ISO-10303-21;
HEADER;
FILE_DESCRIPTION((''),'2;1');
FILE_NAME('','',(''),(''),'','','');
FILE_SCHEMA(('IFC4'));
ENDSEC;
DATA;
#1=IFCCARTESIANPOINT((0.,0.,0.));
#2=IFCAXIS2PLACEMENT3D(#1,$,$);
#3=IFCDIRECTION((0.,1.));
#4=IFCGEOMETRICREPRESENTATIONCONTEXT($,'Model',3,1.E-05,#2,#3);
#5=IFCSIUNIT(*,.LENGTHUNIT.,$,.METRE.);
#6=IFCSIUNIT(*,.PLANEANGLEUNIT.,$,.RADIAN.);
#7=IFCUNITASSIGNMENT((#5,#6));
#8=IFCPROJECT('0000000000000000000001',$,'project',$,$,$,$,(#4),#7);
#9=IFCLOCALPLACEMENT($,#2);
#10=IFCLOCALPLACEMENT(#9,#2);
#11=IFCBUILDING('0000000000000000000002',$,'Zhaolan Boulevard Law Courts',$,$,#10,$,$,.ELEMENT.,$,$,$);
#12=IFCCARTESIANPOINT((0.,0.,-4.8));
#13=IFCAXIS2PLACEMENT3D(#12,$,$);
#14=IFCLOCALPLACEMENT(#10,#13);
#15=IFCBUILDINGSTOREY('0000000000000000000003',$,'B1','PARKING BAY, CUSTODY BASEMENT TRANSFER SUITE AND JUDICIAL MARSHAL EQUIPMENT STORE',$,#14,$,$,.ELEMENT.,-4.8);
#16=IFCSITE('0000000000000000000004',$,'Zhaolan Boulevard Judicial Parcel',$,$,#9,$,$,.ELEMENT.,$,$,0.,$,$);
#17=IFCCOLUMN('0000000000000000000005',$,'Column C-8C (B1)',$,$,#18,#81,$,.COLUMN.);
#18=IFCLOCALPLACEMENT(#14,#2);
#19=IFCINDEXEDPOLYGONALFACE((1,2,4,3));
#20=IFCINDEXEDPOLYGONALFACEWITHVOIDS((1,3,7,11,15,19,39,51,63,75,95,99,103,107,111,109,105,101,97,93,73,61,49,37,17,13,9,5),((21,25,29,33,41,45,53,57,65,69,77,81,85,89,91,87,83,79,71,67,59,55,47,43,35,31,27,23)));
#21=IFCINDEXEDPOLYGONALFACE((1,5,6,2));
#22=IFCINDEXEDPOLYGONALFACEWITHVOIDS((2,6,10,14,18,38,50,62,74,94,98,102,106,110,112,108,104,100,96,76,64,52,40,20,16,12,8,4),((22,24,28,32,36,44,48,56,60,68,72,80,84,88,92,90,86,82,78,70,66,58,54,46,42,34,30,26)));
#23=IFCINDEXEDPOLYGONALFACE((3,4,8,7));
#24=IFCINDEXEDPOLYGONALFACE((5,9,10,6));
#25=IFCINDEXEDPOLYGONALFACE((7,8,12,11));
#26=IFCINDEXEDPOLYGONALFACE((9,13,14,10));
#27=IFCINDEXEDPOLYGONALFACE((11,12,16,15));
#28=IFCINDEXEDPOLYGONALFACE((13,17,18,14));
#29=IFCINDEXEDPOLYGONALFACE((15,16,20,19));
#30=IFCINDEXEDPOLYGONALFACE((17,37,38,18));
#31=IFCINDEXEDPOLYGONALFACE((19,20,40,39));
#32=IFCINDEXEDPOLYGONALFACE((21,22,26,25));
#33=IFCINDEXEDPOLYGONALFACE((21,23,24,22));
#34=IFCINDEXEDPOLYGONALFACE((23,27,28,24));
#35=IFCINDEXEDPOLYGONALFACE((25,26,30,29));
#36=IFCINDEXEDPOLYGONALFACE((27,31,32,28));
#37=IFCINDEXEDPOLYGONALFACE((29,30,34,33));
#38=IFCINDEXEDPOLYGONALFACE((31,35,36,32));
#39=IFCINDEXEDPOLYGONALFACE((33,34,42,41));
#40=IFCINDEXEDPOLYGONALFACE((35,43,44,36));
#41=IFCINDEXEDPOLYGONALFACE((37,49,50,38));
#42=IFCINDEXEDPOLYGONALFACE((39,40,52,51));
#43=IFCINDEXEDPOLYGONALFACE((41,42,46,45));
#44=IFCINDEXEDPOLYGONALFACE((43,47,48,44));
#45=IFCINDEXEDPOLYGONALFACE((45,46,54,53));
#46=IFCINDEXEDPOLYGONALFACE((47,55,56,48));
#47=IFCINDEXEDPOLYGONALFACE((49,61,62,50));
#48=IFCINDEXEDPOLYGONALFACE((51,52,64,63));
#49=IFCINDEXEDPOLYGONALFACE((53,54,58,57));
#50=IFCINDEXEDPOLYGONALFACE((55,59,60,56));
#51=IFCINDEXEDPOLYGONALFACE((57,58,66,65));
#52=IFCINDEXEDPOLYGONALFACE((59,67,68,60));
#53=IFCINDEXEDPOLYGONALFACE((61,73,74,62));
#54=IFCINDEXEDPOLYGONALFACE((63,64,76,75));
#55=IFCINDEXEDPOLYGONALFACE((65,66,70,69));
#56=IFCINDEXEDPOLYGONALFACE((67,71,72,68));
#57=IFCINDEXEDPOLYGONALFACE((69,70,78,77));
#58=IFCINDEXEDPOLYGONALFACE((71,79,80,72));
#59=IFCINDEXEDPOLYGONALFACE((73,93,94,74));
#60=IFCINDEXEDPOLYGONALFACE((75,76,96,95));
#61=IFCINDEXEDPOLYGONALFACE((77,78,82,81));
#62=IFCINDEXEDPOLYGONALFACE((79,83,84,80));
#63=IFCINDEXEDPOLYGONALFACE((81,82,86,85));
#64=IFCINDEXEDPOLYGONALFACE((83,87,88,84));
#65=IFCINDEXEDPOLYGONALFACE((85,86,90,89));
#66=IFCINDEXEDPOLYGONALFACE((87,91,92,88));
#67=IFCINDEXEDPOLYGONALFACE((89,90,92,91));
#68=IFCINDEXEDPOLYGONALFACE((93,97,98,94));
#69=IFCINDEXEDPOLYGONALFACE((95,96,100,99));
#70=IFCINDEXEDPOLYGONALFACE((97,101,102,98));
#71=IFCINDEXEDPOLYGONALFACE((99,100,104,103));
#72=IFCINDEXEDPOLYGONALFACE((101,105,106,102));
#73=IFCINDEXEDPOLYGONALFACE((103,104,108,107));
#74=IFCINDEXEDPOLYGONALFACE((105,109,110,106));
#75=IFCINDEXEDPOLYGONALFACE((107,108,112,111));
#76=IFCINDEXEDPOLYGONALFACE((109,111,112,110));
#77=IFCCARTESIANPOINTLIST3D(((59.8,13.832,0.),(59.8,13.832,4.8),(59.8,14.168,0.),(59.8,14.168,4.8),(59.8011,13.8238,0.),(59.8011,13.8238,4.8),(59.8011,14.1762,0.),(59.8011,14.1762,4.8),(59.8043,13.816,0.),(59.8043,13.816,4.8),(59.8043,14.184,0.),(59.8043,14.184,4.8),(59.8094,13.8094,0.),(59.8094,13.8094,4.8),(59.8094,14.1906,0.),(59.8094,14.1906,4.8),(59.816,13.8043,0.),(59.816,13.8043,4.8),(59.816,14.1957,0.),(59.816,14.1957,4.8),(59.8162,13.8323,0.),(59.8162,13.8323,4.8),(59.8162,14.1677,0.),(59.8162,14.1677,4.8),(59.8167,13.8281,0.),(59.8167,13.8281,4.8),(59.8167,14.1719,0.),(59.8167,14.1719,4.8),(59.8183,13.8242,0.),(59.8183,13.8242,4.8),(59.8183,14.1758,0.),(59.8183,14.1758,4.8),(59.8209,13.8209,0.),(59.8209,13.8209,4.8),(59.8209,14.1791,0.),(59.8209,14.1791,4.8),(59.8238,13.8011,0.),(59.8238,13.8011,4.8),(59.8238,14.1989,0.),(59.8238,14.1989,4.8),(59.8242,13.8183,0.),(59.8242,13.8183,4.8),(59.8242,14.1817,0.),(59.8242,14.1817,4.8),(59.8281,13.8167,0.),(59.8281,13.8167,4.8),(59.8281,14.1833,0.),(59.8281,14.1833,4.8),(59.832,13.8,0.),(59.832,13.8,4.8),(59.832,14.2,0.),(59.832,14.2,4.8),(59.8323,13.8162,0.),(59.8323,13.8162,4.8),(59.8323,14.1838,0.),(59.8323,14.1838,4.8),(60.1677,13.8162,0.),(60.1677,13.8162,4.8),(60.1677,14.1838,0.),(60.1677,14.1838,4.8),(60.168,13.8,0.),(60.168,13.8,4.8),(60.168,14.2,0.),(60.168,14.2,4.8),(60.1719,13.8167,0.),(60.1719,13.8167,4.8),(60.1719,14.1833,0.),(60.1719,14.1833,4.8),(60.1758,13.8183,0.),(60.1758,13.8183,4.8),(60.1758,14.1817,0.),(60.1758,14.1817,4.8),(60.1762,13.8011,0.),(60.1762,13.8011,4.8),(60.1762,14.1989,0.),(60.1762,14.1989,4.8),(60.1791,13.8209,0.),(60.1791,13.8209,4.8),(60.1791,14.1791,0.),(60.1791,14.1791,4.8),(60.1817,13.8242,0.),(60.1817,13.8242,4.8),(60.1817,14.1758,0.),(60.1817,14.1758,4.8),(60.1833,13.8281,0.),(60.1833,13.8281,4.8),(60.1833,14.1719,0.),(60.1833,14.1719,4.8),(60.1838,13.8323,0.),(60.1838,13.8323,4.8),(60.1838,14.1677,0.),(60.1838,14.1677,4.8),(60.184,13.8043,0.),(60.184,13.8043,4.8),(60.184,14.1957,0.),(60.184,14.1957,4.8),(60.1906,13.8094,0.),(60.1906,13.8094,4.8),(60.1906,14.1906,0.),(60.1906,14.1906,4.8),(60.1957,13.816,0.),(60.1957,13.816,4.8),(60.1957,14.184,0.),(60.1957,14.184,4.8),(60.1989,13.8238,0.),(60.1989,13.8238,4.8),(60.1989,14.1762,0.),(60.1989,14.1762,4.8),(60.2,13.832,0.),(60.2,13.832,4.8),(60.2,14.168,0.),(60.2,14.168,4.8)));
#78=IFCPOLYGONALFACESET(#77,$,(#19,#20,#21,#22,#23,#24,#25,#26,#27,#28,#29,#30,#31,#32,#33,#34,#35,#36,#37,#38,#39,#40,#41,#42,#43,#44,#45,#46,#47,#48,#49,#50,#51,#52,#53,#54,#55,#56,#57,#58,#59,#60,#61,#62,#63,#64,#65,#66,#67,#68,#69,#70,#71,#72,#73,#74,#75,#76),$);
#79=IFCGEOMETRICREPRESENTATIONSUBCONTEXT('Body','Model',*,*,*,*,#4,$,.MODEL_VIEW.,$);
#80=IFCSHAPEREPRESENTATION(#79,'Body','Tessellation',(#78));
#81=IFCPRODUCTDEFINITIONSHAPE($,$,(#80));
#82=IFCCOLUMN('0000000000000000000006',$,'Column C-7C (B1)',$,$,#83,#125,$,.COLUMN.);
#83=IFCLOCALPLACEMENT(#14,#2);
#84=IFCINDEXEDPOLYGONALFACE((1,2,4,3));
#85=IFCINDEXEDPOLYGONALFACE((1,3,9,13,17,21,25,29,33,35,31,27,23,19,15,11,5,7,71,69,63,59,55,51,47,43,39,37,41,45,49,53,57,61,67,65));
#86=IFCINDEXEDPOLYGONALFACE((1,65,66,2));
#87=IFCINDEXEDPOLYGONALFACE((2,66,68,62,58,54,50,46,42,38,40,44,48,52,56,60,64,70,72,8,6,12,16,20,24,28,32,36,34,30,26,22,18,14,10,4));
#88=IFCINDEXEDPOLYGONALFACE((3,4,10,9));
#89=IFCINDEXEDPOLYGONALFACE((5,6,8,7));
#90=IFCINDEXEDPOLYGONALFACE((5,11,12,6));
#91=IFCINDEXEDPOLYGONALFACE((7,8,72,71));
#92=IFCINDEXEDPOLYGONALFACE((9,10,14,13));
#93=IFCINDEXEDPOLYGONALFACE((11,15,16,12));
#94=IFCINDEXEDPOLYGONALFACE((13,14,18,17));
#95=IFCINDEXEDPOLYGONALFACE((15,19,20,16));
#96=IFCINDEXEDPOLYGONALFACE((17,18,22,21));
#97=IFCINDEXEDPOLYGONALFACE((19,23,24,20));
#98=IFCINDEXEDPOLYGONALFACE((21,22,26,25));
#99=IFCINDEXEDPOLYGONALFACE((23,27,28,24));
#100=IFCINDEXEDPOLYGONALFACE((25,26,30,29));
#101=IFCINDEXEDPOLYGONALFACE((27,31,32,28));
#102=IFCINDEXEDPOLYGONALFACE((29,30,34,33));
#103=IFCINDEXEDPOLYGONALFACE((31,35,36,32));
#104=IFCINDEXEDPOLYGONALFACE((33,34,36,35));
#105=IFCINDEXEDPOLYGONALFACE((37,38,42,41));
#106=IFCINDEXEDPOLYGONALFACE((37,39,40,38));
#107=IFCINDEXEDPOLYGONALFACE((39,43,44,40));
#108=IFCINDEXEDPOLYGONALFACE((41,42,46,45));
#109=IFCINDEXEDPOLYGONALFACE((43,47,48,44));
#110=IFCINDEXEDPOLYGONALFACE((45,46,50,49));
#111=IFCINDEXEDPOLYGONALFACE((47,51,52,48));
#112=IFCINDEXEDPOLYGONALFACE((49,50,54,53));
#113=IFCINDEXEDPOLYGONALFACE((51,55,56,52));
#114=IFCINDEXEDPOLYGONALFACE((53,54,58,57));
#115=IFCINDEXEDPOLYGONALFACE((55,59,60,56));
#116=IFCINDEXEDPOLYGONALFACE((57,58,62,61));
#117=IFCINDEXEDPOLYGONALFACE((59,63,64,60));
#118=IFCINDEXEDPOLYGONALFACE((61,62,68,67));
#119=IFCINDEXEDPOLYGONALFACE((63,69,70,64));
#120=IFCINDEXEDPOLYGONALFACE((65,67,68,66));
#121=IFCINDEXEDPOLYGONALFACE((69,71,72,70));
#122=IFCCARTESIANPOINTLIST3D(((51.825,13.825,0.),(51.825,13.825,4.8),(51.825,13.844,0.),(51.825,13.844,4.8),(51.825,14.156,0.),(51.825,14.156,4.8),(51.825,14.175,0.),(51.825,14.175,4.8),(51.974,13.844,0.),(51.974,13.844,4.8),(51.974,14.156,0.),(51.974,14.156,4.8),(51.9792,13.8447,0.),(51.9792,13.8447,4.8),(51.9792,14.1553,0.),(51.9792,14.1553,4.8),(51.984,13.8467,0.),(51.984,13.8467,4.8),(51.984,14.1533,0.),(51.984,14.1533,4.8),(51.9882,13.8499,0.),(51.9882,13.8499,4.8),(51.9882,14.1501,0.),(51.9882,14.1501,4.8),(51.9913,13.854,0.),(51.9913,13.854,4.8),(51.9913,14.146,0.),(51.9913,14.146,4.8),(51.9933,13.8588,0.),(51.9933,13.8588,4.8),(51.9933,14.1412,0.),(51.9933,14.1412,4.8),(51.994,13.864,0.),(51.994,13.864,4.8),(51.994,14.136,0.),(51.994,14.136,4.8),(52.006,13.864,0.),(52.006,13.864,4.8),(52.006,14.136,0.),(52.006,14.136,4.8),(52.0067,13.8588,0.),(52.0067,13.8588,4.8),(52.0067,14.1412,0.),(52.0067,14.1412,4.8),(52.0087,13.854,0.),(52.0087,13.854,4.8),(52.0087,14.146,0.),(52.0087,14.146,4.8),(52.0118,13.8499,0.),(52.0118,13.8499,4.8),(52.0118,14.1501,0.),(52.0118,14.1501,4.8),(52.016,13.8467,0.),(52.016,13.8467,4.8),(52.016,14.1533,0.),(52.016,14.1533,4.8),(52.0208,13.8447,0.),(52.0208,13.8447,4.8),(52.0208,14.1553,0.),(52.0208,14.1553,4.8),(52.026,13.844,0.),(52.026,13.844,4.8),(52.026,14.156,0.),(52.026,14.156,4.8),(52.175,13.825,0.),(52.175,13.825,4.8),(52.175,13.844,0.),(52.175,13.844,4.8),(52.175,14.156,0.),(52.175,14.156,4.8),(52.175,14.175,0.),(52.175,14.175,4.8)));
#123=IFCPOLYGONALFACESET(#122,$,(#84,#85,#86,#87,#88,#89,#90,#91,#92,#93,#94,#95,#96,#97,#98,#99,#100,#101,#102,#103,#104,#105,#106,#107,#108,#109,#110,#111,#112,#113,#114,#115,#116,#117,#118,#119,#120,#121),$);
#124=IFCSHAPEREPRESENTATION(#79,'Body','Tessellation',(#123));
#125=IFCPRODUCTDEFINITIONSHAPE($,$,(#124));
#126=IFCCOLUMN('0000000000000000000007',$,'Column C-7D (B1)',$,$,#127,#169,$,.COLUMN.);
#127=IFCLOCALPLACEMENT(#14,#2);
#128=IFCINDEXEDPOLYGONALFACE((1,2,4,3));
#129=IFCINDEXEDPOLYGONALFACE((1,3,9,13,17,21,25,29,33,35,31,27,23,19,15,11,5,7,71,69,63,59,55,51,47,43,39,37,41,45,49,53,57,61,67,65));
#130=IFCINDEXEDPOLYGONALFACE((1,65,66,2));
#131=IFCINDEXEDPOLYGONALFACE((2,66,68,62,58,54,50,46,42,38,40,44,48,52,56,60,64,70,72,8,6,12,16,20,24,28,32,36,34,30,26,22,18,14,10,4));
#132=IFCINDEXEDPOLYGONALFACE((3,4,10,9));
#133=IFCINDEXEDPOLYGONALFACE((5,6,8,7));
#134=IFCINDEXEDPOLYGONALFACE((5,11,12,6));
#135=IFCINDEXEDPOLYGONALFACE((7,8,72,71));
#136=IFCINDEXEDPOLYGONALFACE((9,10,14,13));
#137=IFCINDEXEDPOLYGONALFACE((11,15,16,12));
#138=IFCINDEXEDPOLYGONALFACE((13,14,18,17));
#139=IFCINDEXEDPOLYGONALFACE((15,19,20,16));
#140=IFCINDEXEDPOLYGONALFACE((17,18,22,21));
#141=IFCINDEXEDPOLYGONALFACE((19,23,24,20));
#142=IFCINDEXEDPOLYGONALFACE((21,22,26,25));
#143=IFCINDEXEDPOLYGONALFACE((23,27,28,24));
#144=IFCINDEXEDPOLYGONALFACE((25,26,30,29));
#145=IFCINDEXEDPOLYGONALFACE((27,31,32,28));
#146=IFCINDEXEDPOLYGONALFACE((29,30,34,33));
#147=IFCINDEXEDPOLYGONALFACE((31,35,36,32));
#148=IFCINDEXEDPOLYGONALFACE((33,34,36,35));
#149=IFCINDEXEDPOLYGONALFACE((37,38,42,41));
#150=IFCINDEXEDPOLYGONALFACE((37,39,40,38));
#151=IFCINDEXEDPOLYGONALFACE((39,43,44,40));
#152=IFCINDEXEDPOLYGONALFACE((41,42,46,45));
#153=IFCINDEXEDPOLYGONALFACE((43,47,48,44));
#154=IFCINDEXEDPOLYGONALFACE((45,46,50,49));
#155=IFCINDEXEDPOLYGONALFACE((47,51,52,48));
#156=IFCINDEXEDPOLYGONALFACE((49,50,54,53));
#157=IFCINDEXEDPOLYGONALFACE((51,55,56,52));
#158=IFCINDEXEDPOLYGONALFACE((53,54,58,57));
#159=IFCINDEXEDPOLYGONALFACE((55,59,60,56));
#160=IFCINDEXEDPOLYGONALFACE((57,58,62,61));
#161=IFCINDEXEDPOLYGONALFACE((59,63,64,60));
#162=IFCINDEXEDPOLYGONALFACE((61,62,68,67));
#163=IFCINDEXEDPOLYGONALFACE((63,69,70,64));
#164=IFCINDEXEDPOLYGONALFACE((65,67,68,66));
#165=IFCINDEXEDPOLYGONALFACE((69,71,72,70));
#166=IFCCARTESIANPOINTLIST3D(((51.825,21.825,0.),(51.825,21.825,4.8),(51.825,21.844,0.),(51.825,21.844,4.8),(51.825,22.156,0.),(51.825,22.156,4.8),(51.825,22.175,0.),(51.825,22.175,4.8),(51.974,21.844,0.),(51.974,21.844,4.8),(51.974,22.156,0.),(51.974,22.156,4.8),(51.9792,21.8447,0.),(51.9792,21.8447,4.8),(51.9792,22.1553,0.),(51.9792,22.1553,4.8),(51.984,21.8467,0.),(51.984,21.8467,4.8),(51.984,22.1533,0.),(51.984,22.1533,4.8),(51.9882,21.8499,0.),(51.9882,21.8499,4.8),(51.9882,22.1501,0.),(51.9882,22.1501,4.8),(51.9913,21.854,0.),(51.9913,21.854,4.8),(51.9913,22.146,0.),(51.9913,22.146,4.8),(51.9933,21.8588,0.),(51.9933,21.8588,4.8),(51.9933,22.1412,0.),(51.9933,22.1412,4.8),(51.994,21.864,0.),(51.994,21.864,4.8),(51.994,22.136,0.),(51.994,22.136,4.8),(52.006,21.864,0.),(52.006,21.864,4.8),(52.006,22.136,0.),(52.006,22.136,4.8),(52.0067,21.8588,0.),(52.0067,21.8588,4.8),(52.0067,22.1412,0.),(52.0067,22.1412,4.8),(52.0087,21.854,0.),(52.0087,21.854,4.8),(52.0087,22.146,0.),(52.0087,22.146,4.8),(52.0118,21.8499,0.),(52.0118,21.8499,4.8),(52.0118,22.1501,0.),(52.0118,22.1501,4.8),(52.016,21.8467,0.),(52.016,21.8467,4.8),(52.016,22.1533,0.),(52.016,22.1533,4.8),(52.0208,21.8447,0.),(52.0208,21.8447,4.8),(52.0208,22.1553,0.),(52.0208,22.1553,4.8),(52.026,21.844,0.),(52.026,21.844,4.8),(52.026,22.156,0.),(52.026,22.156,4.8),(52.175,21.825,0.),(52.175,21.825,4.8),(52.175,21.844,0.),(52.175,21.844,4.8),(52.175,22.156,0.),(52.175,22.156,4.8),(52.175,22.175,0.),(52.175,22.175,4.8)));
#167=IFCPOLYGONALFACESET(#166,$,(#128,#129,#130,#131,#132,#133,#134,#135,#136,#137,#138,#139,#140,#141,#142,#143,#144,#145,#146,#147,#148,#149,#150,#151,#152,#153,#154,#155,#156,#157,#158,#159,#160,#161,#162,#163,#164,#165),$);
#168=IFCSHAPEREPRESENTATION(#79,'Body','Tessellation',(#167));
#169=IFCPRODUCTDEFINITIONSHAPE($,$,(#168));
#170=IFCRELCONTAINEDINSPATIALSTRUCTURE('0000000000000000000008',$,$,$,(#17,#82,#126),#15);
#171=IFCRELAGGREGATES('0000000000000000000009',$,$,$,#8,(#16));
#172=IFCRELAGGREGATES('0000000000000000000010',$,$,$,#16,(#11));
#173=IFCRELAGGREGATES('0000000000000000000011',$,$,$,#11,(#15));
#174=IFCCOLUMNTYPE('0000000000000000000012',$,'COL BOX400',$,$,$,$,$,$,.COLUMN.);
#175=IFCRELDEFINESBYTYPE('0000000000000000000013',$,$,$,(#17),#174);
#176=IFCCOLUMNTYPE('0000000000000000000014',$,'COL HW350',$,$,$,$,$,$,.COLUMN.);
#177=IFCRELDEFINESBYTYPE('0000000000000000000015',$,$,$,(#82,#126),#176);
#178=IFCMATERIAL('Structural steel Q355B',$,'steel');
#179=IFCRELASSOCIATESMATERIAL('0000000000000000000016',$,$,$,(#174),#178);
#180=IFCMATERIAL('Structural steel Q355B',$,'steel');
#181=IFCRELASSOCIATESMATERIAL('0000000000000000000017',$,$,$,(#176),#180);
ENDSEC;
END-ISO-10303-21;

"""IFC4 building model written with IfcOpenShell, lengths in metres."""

from ifc_helpers import new_model, si_unit, direction, frame, origin, origin_2d, place, context, subcontext, project, spatial, hollow_rectangle, i_section, extrude, material, material_profile, profile_set, type_object, element, save


model = new_model("IFC4")

# Units and contexts
model_context = context("Model", 3, precision=1e-05, world=origin(), true_north=direction((0.0, 1.0)))
body_context = subcontext(model_context, "Body", "Model", "MODEL_VIEW")
ifc_project = project(units=[si_unit("LENGTHUNIT", "METRE"), si_unit("PLANEANGLEUNIT", "RADIAN")], contexts=[model_context])

# Site, building, storey
site_placement = place(None, origin())
site = spatial("IfcSite", under=ifc_project, at=site_placement, Name="Zhaolan Boulevard Judicial Parcel", CompositionType="ELEMENT", RefElevation=0.0)
building_placement = place(site_placement, origin())
building = spatial("IfcBuilding", under=site, at=building_placement, Name="Zhaolan Boulevard Law Courts", CompositionType="ELEMENT")
storey_placement = place(building_placement, frame((0.0, 0.0, -4.8)))
storey = spatial("IfcBuildingStorey", under=building, at=storey_placement, Name="B1", Description="PARKING BAY, CUSTODY BASEMENT TRANSFER SUITE AND JUDICIAL MARSHAL EQUIPMENT STORE", CompositionType="ELEMENT", Elevation=-4.8)

# Columns
ifc_material_1 = material(Name="Structural steel Q355B", Category="steel")
ifc_material_profile_1 = material_profile(ifc_material_1, hollow_rectangle(XDim=0.3999, YDim=0.3999, WallThickness=0.0161, InnerFilletRadius=0.0161, OuterFilletRadius=0.032, at=origin_2d()), Name="BOX400x400x16")
ifc_profile_set_1 = profile_set([ifc_material_profile_1], Name="Structural steel Q355B")
column_type_1 = type_object("IfcColumnType", Name="COL BOX400", PredefinedType="COLUMN", material=ifc_profile_set_1)
column_placement = place(storey_placement, frame((60.0, 14.0, 0.0), z_axis=(0.0, 0.0, 1.0), x_axis=(1.0, 0.0, 0.0)))
element("IfcColumn", 1, at=column_placement, inside=storey, type_object=column_type_1, Name="Column C-8C (B1)", PredefinedType="COLUMN", context=body_context, shape_type="SweptSolid", body=[
    extrude(hollow_rectangle(XDim=0.3999, YDim=0.3999, WallThickness=0.0161, InnerFilletRadius=0.0161, OuterFilletRadius=0.032, at=origin_2d()), origin(), (0.0, 0.0, 1.0), 4.8),
])
ifc_material_2 = material(Name="Structural steel Q355B", Category="steel")
ifc_material_profile_2 = material_profile(ifc_material_2, i_section(OverallWidth=0.3501, OverallDepth=0.3501, WebThickness=0.012, FlangeThickness=0.019, FilletRadius=0.02, at=origin_2d()), Name="HW350x350")
ifc_profile_set_2 = profile_set([ifc_material_profile_2], Name="Structural steel Q355B")
column_type_2 = type_object("IfcColumnType", Name="COL HW350", PredefinedType="COLUMN", material=ifc_profile_set_2)
for number, where, z_axis, x_axis, name in (
    (2, (52.0, 14.0, 0.0), (0.0, 0.0, 1.0), (1.0, 0.0, 0.0), "Column C-7C (B1)"),
    (3, (52.0, 22.0, 0.0), (0.0, 0.0, 1.0), (1.0, 0.0, 0.0), "Column C-7D (B1)"),
):
    element("IfcColumn", number, at=place(storey_placement, frame(where, z_axis=z_axis, x_axis=x_axis)), inside=storey, type_object=column_type_2, Name=name, PredefinedType="COLUMN", context=body_context, shape_type="SweptSolid", body=[
        extrude(i_section(OverallWidth=0.3501, OverallDepth=0.3501, WebThickness=0.012, FlangeThickness=0.019, FilletRadius=0.02, at=origin_2d()), origin(), (0.0, 0.0, 1.0), 4.8),
    ])

save(model, "model.ifc")
